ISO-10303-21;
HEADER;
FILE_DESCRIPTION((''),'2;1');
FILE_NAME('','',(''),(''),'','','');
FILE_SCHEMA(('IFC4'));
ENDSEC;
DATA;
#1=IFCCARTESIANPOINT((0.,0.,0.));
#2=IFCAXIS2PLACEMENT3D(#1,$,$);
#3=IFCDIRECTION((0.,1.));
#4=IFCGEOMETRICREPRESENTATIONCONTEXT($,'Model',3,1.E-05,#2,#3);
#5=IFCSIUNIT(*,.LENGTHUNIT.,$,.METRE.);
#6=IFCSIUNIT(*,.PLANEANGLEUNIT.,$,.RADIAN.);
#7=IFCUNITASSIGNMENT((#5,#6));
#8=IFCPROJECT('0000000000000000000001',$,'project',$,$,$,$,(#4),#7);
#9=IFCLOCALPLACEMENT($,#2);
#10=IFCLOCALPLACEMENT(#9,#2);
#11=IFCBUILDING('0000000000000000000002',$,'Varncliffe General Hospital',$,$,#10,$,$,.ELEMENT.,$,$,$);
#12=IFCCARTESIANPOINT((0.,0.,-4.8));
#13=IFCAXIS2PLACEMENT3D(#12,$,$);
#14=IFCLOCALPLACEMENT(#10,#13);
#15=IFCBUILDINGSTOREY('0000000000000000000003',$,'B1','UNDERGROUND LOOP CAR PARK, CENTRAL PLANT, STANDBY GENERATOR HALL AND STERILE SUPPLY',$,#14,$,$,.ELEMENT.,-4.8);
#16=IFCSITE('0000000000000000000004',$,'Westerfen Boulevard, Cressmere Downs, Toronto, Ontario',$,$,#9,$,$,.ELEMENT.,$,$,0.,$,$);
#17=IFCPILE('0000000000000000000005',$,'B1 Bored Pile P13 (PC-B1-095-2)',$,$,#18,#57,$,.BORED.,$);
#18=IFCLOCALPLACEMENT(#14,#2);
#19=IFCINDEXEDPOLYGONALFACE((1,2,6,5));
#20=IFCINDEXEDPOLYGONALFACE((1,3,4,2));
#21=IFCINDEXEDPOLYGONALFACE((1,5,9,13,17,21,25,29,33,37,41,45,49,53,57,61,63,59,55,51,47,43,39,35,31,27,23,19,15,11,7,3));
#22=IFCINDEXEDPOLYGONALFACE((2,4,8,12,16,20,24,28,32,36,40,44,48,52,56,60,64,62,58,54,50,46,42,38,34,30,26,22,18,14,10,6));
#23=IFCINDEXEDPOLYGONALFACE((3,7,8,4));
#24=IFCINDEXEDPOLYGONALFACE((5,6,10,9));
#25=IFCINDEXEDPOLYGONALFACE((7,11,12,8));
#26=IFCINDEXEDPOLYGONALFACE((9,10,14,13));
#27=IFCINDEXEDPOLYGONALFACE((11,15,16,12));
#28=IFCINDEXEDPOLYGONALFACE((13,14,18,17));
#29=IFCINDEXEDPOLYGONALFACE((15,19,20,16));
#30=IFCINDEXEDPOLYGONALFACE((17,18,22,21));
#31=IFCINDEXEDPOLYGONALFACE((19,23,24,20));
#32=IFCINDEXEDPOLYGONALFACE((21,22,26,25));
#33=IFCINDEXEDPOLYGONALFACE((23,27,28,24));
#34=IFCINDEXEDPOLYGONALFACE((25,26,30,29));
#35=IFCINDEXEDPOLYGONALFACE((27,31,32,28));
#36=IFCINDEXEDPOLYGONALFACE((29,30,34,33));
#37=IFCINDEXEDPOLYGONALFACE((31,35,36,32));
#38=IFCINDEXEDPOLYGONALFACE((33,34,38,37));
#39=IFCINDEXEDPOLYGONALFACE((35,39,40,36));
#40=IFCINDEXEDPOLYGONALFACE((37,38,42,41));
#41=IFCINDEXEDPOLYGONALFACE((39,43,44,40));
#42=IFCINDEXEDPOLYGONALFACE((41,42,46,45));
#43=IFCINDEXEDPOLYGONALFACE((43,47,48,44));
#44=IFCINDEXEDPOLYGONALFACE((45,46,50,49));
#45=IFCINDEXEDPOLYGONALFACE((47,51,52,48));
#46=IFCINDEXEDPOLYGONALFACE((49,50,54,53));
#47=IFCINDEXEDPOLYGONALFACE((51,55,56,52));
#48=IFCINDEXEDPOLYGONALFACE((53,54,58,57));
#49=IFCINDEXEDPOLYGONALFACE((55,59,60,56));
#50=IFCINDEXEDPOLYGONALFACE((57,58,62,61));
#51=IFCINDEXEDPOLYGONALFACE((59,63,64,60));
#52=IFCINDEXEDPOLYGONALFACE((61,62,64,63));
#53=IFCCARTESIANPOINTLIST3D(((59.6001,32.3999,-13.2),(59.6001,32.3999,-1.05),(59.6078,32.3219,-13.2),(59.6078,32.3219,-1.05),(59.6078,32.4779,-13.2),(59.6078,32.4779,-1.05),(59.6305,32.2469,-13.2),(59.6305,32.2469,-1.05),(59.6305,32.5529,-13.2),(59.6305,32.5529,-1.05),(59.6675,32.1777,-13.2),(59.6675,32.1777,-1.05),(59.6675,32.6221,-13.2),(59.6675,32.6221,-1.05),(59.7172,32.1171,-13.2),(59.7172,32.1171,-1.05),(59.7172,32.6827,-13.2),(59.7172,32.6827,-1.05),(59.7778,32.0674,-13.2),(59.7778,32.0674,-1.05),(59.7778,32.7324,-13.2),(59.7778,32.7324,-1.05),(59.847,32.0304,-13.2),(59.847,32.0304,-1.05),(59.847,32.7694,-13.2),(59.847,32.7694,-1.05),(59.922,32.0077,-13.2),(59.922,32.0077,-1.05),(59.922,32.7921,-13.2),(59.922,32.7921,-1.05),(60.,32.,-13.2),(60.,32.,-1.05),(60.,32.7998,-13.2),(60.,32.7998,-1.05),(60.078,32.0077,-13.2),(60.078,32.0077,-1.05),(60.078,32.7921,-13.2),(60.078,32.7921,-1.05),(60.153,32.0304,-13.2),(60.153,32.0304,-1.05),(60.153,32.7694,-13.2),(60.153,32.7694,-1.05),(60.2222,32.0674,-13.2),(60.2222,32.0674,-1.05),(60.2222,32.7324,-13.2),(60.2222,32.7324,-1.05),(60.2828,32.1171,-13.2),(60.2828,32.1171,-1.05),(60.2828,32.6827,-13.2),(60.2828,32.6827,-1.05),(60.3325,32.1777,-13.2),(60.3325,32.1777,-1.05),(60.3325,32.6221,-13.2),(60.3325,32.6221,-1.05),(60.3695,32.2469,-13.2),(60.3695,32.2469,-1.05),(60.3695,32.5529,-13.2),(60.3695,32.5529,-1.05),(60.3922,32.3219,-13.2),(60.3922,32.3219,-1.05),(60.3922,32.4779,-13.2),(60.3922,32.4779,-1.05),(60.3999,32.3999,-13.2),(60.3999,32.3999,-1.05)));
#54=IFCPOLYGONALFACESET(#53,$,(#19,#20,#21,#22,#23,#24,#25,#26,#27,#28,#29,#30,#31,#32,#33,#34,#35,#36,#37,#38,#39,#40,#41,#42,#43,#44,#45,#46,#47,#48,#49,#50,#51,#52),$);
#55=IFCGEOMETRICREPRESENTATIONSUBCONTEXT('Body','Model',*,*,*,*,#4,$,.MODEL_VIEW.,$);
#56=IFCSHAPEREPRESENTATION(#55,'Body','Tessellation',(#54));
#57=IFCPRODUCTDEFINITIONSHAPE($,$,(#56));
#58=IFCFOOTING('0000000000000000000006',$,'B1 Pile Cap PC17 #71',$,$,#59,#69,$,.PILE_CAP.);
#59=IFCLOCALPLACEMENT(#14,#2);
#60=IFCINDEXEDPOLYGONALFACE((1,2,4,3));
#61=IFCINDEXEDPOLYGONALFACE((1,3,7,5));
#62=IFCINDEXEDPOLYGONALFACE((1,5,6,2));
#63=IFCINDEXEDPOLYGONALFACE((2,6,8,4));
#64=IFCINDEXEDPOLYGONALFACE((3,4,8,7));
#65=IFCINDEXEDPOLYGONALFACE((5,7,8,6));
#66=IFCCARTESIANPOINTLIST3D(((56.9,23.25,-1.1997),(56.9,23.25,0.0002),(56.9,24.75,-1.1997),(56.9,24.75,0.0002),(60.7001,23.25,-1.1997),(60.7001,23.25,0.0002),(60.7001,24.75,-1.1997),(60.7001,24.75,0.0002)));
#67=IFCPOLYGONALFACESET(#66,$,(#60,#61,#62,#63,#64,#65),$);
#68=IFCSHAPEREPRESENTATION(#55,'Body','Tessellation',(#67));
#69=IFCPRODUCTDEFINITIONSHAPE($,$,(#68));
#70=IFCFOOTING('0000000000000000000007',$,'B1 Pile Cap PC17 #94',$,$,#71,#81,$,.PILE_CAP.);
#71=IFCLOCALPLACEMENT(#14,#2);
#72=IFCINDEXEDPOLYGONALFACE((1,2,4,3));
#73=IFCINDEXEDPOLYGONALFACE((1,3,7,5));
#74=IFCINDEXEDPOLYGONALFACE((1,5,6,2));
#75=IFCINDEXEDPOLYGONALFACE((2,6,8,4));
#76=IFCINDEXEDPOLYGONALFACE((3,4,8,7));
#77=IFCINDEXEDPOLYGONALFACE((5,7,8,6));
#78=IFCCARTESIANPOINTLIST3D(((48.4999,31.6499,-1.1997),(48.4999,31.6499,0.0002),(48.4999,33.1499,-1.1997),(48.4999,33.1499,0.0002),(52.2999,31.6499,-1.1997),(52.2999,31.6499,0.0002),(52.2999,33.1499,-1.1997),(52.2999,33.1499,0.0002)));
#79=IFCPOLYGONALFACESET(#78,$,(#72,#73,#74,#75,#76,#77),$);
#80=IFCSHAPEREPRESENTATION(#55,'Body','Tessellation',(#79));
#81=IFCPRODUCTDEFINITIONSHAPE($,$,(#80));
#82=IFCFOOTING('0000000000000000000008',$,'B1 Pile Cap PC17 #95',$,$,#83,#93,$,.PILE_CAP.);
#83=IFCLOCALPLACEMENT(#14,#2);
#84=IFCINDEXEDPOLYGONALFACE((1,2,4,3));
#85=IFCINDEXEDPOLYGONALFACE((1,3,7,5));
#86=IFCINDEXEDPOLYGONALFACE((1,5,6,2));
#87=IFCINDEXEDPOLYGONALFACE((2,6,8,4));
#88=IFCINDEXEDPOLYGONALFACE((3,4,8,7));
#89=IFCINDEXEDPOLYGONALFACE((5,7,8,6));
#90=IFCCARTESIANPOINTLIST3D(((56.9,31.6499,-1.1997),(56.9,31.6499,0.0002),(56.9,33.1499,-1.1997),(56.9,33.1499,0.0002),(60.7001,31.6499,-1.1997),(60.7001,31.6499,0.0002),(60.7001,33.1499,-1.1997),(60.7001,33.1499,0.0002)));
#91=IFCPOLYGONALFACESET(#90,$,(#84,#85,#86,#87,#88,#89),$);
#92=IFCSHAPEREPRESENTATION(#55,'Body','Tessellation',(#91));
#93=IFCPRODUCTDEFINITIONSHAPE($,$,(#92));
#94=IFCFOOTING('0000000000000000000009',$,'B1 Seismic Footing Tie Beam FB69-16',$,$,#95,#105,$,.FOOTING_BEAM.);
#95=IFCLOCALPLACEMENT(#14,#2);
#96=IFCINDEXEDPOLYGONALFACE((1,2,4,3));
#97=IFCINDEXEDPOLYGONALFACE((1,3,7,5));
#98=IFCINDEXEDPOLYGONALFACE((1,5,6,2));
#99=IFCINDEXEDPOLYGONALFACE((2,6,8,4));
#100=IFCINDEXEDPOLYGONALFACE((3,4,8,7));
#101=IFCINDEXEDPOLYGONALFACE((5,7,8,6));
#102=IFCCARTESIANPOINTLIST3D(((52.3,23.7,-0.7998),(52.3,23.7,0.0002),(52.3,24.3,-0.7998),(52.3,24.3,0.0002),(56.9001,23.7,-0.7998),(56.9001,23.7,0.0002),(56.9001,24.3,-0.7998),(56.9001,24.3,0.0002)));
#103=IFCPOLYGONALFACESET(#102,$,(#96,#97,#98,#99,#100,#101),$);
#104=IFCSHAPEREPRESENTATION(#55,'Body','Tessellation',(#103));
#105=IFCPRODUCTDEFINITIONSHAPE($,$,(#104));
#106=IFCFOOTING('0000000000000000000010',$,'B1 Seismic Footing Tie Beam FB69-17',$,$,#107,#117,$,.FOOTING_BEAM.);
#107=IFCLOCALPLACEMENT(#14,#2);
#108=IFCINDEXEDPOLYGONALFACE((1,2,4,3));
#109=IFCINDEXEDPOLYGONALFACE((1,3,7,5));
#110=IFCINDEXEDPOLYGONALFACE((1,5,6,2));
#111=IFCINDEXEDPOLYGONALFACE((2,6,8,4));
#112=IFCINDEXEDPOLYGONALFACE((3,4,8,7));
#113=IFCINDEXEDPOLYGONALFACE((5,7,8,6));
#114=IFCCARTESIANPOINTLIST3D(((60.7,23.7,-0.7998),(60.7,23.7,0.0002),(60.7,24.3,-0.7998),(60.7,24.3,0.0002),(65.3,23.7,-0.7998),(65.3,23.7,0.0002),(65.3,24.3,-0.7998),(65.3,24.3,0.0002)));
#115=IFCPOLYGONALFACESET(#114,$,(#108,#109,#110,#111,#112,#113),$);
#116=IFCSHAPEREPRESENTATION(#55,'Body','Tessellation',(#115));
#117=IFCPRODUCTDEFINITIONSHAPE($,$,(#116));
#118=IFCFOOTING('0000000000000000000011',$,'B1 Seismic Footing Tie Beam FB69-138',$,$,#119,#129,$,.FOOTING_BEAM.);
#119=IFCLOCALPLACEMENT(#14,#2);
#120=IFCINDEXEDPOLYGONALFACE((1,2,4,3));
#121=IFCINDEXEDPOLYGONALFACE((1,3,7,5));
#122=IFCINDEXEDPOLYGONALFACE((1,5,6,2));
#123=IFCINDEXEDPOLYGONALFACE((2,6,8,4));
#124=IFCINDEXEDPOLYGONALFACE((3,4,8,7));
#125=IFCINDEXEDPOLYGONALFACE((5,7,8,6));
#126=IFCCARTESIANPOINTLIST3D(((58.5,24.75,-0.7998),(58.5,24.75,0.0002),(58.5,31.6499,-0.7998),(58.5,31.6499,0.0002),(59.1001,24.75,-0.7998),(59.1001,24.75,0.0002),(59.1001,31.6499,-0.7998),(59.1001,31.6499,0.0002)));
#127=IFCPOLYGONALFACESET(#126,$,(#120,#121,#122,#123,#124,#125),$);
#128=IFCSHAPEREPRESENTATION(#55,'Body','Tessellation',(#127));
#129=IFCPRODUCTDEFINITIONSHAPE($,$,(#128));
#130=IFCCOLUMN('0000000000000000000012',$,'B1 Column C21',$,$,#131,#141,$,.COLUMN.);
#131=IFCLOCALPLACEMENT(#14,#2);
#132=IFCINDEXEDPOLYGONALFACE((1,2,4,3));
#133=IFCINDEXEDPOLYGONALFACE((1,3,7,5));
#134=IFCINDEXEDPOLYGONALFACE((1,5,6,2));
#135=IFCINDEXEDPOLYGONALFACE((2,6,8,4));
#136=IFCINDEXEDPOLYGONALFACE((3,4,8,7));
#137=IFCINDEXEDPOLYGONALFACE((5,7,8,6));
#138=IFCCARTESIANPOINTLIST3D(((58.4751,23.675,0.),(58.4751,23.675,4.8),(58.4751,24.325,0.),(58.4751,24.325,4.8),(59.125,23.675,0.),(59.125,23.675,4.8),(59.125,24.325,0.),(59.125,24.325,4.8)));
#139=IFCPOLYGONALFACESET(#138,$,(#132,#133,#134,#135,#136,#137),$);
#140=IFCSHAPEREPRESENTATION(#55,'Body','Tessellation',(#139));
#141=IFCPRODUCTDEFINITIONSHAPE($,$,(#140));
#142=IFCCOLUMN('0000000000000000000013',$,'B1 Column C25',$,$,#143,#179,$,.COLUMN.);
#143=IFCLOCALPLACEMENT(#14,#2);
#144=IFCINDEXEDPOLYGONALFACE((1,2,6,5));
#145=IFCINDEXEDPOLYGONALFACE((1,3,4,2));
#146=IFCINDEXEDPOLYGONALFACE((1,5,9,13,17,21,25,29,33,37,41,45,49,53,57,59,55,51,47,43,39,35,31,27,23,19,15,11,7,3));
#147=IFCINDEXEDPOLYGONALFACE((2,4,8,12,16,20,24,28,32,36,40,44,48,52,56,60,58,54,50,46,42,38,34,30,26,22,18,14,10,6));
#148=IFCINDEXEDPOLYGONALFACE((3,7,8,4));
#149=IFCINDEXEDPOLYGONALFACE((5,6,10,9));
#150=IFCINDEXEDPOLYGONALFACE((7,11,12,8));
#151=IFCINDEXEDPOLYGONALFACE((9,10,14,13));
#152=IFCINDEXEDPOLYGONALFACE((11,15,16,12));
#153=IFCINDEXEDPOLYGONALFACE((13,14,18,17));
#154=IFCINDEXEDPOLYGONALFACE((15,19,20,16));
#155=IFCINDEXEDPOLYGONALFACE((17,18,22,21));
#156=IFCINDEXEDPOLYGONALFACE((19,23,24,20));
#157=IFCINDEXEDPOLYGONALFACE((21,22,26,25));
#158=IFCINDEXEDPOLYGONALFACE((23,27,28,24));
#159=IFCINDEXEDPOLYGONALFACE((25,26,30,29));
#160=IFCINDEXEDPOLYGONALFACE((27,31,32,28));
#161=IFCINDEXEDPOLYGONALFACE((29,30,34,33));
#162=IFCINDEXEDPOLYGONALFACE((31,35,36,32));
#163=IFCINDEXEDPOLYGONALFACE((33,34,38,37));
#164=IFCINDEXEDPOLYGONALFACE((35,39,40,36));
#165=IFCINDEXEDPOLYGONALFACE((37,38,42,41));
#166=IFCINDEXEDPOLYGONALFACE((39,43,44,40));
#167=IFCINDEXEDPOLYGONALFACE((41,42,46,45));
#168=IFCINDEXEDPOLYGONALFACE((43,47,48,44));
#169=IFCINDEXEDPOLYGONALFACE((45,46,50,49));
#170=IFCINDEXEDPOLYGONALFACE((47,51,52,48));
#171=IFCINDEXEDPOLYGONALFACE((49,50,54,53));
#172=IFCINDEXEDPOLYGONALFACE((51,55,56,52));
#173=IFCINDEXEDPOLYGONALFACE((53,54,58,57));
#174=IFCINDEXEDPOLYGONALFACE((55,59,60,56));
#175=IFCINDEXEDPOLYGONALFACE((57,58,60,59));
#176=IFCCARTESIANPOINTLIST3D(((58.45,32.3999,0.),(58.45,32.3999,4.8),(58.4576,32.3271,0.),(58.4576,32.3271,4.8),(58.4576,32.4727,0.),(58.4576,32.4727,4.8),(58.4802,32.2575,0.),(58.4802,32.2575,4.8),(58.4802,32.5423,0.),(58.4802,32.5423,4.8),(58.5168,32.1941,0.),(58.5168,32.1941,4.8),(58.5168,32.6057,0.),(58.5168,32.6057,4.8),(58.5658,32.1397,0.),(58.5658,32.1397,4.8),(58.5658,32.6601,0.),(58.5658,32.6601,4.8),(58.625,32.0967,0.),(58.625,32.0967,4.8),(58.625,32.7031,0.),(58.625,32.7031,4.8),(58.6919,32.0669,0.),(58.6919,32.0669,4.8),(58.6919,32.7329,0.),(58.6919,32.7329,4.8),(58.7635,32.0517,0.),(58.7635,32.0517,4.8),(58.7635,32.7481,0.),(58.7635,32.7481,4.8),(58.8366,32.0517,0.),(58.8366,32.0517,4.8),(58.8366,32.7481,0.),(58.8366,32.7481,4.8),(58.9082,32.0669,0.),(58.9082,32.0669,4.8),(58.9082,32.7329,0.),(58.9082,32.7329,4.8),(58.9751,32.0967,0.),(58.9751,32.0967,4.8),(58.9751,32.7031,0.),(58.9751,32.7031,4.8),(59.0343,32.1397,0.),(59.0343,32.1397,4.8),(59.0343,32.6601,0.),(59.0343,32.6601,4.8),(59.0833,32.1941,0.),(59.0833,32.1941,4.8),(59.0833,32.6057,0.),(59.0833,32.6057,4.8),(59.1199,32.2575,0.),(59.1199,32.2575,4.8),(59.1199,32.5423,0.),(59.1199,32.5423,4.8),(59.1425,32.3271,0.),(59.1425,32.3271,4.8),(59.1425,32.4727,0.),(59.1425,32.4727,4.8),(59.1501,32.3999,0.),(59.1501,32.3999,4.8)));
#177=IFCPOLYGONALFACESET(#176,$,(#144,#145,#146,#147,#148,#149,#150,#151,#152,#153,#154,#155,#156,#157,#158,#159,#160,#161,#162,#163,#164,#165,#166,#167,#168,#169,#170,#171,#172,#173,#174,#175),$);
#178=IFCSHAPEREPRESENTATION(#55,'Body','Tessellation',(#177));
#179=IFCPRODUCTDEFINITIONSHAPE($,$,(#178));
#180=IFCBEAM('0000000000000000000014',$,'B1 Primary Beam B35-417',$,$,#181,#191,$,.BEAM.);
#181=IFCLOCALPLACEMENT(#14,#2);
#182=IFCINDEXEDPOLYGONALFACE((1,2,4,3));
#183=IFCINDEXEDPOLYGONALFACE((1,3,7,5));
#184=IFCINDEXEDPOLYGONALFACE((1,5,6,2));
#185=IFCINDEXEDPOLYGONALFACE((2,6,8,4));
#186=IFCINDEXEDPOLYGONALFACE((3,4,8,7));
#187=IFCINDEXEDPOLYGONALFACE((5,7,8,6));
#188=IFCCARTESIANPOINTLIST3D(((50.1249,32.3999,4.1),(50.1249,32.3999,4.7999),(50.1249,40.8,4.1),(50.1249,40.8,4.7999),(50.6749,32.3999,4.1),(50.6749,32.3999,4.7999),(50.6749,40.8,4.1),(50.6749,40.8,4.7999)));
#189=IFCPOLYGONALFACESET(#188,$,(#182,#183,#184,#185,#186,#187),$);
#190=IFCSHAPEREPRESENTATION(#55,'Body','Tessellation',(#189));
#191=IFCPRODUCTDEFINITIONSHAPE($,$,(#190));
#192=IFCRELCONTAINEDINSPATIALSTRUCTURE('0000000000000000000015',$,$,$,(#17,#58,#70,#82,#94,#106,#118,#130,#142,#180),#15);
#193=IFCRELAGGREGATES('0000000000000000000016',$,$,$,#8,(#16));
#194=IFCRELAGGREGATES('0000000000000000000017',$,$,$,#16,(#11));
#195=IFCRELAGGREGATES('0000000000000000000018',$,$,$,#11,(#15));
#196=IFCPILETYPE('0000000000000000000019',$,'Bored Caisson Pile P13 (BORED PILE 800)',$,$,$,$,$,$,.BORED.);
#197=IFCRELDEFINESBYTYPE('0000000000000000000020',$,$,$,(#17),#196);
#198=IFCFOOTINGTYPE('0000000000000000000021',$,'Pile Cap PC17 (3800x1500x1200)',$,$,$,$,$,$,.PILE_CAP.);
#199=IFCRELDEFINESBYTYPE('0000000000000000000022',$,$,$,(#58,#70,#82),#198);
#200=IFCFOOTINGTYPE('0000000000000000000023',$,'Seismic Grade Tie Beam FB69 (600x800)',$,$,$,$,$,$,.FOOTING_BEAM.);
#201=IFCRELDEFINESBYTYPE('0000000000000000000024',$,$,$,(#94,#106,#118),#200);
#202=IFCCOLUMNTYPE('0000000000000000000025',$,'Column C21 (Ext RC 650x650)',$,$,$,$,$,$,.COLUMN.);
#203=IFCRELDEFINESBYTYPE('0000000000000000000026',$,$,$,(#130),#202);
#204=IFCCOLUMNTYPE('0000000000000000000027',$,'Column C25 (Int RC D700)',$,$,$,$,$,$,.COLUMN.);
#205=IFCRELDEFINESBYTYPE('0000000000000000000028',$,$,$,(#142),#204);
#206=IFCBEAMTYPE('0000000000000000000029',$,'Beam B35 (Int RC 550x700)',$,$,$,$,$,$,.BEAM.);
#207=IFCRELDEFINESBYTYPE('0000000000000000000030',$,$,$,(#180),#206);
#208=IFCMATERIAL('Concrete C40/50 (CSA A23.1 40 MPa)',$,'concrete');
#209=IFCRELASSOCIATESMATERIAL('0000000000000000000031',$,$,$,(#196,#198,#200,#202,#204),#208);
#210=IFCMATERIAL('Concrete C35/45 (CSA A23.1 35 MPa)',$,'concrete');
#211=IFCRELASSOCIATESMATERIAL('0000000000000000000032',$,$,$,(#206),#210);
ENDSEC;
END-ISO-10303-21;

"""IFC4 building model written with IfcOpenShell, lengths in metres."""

from ifc_helpers import new_model, si_unit, direction, frame, origin, origin_2d, place, context, subcontext, project, spatial, rectangle, circle, extrude, material, material_profile, profile_set, type_object, element, save


model = new_model("IFC4")

# Units and contexts
model_context = context("Model", 3, precision=1e-05, world=origin(), true_north=direction((0.0, 1.0)))
body_context = subcontext(model_context, "Body", "Model", "MODEL_VIEW")
ifc_project = project(units=[si_unit("LENGTHUNIT", "METRE"), si_unit("PLANEANGLEUNIT", "RADIAN")], contexts=[model_context])

# Site, building, storey
site_placement = place(None, origin())
site = spatial("IfcSite", under=ifc_project, at=site_placement, Name="Westerfen Boulevard, Cressmere Downs, Toronto, Ontario", CompositionType="ELEMENT", RefElevation=0.0)
building_placement = place(site_placement, origin())
building = spatial("IfcBuilding", under=site, at=building_placement, Name="Varncliffe General Hospital", CompositionType="ELEMENT")
storey_placement = place(building_placement, frame((0.0, 0.0, -4.8)))
storey = spatial("IfcBuildingStorey", under=building, at=storey_placement, Name="B1", Description="UNDERGROUND LOOP CAR PARK, CENTRAL PLANT, STANDBY GENERATOR HALL AND STERILE SUPPLY", CompositionType="ELEMENT", Elevation=-4.8)

# Pile
ifc_material_1 = material(Name="Concrete C40/50 (CSA A23.1 40 MPa)", Category="concrete")
ifc_material_profile_1 = material_profile(ifc_material_1, circle(Radius=0.3999, at=origin_2d()), Name="BORED PILE 800")
ifc_profile_set_1 = profile_set([ifc_material_profile_1], Name="Concrete C40/50 (CSA A23.1 40 MPa)")
pile_type = type_object("IfcPileType", Name="Bored Caisson Pile P13 (BORED PILE 800)", PredefinedType="BORED", material=ifc_profile_set_1)
for number, where, z_axis, x_axis, name in (
    (1, (60.0, 32.3999, -1.05), (0.0, 0.0, -1.0), (1.0, 0.0, 0.0), "B1 Bored Pile P13 (PC-B1-095-2)"),
):
    element("IfcPile", number, at=place(storey_placement, frame(where, z_axis=z_axis, x_axis=x_axis)), inside=storey, type_object=pile_type, Name=name, PredefinedType="BORED", context=body_context, shape_type="SweptSolid", body=[
        extrude(circle(Radius=0.3999, at=origin_2d()), origin(), (0.0, 0.0, 1.0), 12.1499),
    ])

# Footings
footing_type_1 = type_object("IfcFootingType", Name="Pile Cap PC17 (3800x1500x1200)", PredefinedType="PILE_CAP", material=ifc_material_1)
for number, where, z_axis, x_axis, name in (
    (2, (58.8, 24.0, -1.1997), (0.0, 0.0, 1.0), (1.0, 0.0, 0.0), "B1 Pile Cap PC17 #71"),
    (3, (50.3999, 32.3999, -1.1997), (0.0, 0.0, 1.0), (1.0, 0.0, 0.0), "B1 Pile Cap PC17 #94"),
    (4, (58.8, 32.3999, -1.1997), (0.0, 0.0, 1.0), (1.0, 0.0, 0.0), "B1 Pile Cap PC17 #95"),
):
    element("IfcFooting", number, at=place(storey_placement, frame(where, z_axis=z_axis, x_axis=x_axis)), inside=storey, type_object=footing_type_1, Name=name, PredefinedType="PILE_CAP", context=body_context, shape_type="SweptSolid", body=[
        extrude(rectangle(XDim=3.8, YDim=1.5, at=origin_2d()), origin(), (0.0, 0.0, 1.0), 1.2),
    ])
footing_type_2 = type_object("IfcFootingType", Name="Seismic Grade Tie Beam FB69 (600x800)", PredefinedType="FOOTING_BEAM", material=ifc_material_1)
for number, where, z_axis, x_axis, name in (
    (5, (54.6001, 24.0, -0.7998), (0.0, 0.0, 1.0), (1.0, 0.0, 0.0), "B1 Seismic Footing Tie Beam FB69-16"),
    (6, (63.0, 24.0, -0.7998), (0.0, 0.0, 1.0), (1.0, 0.0, 0.0), "B1 Seismic Footing Tie Beam FB69-17"),
):
    element("IfcFooting", number, at=place(storey_placement, frame(where, z_axis=z_axis, x_axis=x_axis)), inside=storey, type_object=footing_type_2, Name=name, PredefinedType="FOOTING_BEAM", context=body_context, shape_type="SweptSolid", body=[
        extrude(rectangle(XDim=4.6001, YDim=0.6001, at=origin_2d()), origin(), (0.0, 0.0, 1.0), 0.8),
    ])
footing_placement = place(storey_placement, frame((58.8, 28.2, -0.7998), z_axis=(0.0, 0.0, 1.0), x_axis=(1.0, 0.0, 0.0)))
element("IfcFooting", 7, at=footing_placement, inside=storey, type_object=footing_type_2, Name="B1 Seismic Footing Tie Beam FB69-138", PredefinedType="FOOTING_BEAM", context=body_context, shape_type="SweptSolid", body=[
    extrude(rectangle(XDim=0.6001, YDim=6.8999, at=origin_2d()), origin(), (0.0, 0.0, 1.0), 0.8),
])

# Columns
ifc_material_profile_2 = material_profile(ifc_material_1, rectangle(XDim=0.6499, YDim=0.6499, at=origin_2d()), Name="RC 650x650")
ifc_profile_set_2 = profile_set([ifc_material_profile_2], Name="Concrete C40/50 (CSA A23.1 40 MPa)")
column_type_1 = type_object("IfcColumnType", Name="Column C21 (Ext RC 650x650)", PredefinedType="COLUMN", material=ifc_profile_set_2)
column_1_placement = place(storey_placement, frame((58.8, 24.0, 0.0), z_axis=(0.0, 0.0, 1.0), x_axis=(1.0, 0.0, 0.0)))
element("IfcColumn", 8, at=column_1_placement, inside=storey, type_object=column_type_1, Name="B1 Column C21", PredefinedType="COLUMN", context=body_context, shape_type="SweptSolid", body=[
    extrude(rectangle(XDim=0.6499, YDim=0.6499, at=origin_2d()), origin(), (0.0, 0.0, 1.0), 4.8),
])
ifc_material_profile_3 = material_profile(ifc_material_1, circle(Radius=0.3501, at=origin_2d()), Name="RC D700")
ifc_profile_set_3 = profile_set([ifc_material_profile_3], Name="Concrete C40/50 (CSA A23.1 40 MPa)")
column_type_2 = type_object("IfcColumnType", Name="Column C25 (Int RC D700)", PredefinedType="COLUMN", material=ifc_profile_set_3)
column_2_placement = place(storey_placement, frame((58.8, 32.3999, 0.0), z_axis=(0.0, 0.0, 1.0), x_axis=(1.0, 0.0, 0.0)))
element("IfcColumn", 9, at=column_2_placement, inside=storey, type_object=column_type_2, Name="B1 Column C25", PredefinedType="COLUMN", context=body_context, shape_type="SweptSolid", body=[
    extrude(circle(Radius=0.3501, at=origin_2d()), origin(), (0.0, 0.0, 1.0), 4.8),
])

# Beam
ifc_material_2 = material(Name="Concrete C35/45 (CSA A23.1 35 MPa)", Category="concrete")
ifc_material_profile_4 = material_profile(ifc_material_2, rectangle(XDim=0.55, YDim=0.7, at=origin_2d()), Name="RC 550x700")
ifc_profile_set_4 = profile_set([ifc_material_profile_4], Name="Concrete C35/45 (CSA A23.1 35 MPa)")
beam_type_1 = type_object("IfcBeamType", Name="Beam B35 (Int RC 550x700)", PredefinedType="BEAM", material=ifc_profile_set_4)
beam_1_placement = place(storey_placement, frame((50.3999, 32.3999, 4.45), z_axis=(0.0, 1.0, 0.0), x_axis=(-1.0, 0.0, 0.0)))
element("IfcBeam", 10, at=beam_1_placement, inside=storey, type_object=beam_type_1, Name="B1 Primary Beam B35-417", PredefinedType="BEAM", context=body_context, shape_type="SweptSolid", body=[
    extrude(rectangle(XDim=0.55, YDim=0.7, at=origin_2d()), origin(), (0.0, 0.0, 1.0), 8.4001),
])

save(model, "model.ifc")
